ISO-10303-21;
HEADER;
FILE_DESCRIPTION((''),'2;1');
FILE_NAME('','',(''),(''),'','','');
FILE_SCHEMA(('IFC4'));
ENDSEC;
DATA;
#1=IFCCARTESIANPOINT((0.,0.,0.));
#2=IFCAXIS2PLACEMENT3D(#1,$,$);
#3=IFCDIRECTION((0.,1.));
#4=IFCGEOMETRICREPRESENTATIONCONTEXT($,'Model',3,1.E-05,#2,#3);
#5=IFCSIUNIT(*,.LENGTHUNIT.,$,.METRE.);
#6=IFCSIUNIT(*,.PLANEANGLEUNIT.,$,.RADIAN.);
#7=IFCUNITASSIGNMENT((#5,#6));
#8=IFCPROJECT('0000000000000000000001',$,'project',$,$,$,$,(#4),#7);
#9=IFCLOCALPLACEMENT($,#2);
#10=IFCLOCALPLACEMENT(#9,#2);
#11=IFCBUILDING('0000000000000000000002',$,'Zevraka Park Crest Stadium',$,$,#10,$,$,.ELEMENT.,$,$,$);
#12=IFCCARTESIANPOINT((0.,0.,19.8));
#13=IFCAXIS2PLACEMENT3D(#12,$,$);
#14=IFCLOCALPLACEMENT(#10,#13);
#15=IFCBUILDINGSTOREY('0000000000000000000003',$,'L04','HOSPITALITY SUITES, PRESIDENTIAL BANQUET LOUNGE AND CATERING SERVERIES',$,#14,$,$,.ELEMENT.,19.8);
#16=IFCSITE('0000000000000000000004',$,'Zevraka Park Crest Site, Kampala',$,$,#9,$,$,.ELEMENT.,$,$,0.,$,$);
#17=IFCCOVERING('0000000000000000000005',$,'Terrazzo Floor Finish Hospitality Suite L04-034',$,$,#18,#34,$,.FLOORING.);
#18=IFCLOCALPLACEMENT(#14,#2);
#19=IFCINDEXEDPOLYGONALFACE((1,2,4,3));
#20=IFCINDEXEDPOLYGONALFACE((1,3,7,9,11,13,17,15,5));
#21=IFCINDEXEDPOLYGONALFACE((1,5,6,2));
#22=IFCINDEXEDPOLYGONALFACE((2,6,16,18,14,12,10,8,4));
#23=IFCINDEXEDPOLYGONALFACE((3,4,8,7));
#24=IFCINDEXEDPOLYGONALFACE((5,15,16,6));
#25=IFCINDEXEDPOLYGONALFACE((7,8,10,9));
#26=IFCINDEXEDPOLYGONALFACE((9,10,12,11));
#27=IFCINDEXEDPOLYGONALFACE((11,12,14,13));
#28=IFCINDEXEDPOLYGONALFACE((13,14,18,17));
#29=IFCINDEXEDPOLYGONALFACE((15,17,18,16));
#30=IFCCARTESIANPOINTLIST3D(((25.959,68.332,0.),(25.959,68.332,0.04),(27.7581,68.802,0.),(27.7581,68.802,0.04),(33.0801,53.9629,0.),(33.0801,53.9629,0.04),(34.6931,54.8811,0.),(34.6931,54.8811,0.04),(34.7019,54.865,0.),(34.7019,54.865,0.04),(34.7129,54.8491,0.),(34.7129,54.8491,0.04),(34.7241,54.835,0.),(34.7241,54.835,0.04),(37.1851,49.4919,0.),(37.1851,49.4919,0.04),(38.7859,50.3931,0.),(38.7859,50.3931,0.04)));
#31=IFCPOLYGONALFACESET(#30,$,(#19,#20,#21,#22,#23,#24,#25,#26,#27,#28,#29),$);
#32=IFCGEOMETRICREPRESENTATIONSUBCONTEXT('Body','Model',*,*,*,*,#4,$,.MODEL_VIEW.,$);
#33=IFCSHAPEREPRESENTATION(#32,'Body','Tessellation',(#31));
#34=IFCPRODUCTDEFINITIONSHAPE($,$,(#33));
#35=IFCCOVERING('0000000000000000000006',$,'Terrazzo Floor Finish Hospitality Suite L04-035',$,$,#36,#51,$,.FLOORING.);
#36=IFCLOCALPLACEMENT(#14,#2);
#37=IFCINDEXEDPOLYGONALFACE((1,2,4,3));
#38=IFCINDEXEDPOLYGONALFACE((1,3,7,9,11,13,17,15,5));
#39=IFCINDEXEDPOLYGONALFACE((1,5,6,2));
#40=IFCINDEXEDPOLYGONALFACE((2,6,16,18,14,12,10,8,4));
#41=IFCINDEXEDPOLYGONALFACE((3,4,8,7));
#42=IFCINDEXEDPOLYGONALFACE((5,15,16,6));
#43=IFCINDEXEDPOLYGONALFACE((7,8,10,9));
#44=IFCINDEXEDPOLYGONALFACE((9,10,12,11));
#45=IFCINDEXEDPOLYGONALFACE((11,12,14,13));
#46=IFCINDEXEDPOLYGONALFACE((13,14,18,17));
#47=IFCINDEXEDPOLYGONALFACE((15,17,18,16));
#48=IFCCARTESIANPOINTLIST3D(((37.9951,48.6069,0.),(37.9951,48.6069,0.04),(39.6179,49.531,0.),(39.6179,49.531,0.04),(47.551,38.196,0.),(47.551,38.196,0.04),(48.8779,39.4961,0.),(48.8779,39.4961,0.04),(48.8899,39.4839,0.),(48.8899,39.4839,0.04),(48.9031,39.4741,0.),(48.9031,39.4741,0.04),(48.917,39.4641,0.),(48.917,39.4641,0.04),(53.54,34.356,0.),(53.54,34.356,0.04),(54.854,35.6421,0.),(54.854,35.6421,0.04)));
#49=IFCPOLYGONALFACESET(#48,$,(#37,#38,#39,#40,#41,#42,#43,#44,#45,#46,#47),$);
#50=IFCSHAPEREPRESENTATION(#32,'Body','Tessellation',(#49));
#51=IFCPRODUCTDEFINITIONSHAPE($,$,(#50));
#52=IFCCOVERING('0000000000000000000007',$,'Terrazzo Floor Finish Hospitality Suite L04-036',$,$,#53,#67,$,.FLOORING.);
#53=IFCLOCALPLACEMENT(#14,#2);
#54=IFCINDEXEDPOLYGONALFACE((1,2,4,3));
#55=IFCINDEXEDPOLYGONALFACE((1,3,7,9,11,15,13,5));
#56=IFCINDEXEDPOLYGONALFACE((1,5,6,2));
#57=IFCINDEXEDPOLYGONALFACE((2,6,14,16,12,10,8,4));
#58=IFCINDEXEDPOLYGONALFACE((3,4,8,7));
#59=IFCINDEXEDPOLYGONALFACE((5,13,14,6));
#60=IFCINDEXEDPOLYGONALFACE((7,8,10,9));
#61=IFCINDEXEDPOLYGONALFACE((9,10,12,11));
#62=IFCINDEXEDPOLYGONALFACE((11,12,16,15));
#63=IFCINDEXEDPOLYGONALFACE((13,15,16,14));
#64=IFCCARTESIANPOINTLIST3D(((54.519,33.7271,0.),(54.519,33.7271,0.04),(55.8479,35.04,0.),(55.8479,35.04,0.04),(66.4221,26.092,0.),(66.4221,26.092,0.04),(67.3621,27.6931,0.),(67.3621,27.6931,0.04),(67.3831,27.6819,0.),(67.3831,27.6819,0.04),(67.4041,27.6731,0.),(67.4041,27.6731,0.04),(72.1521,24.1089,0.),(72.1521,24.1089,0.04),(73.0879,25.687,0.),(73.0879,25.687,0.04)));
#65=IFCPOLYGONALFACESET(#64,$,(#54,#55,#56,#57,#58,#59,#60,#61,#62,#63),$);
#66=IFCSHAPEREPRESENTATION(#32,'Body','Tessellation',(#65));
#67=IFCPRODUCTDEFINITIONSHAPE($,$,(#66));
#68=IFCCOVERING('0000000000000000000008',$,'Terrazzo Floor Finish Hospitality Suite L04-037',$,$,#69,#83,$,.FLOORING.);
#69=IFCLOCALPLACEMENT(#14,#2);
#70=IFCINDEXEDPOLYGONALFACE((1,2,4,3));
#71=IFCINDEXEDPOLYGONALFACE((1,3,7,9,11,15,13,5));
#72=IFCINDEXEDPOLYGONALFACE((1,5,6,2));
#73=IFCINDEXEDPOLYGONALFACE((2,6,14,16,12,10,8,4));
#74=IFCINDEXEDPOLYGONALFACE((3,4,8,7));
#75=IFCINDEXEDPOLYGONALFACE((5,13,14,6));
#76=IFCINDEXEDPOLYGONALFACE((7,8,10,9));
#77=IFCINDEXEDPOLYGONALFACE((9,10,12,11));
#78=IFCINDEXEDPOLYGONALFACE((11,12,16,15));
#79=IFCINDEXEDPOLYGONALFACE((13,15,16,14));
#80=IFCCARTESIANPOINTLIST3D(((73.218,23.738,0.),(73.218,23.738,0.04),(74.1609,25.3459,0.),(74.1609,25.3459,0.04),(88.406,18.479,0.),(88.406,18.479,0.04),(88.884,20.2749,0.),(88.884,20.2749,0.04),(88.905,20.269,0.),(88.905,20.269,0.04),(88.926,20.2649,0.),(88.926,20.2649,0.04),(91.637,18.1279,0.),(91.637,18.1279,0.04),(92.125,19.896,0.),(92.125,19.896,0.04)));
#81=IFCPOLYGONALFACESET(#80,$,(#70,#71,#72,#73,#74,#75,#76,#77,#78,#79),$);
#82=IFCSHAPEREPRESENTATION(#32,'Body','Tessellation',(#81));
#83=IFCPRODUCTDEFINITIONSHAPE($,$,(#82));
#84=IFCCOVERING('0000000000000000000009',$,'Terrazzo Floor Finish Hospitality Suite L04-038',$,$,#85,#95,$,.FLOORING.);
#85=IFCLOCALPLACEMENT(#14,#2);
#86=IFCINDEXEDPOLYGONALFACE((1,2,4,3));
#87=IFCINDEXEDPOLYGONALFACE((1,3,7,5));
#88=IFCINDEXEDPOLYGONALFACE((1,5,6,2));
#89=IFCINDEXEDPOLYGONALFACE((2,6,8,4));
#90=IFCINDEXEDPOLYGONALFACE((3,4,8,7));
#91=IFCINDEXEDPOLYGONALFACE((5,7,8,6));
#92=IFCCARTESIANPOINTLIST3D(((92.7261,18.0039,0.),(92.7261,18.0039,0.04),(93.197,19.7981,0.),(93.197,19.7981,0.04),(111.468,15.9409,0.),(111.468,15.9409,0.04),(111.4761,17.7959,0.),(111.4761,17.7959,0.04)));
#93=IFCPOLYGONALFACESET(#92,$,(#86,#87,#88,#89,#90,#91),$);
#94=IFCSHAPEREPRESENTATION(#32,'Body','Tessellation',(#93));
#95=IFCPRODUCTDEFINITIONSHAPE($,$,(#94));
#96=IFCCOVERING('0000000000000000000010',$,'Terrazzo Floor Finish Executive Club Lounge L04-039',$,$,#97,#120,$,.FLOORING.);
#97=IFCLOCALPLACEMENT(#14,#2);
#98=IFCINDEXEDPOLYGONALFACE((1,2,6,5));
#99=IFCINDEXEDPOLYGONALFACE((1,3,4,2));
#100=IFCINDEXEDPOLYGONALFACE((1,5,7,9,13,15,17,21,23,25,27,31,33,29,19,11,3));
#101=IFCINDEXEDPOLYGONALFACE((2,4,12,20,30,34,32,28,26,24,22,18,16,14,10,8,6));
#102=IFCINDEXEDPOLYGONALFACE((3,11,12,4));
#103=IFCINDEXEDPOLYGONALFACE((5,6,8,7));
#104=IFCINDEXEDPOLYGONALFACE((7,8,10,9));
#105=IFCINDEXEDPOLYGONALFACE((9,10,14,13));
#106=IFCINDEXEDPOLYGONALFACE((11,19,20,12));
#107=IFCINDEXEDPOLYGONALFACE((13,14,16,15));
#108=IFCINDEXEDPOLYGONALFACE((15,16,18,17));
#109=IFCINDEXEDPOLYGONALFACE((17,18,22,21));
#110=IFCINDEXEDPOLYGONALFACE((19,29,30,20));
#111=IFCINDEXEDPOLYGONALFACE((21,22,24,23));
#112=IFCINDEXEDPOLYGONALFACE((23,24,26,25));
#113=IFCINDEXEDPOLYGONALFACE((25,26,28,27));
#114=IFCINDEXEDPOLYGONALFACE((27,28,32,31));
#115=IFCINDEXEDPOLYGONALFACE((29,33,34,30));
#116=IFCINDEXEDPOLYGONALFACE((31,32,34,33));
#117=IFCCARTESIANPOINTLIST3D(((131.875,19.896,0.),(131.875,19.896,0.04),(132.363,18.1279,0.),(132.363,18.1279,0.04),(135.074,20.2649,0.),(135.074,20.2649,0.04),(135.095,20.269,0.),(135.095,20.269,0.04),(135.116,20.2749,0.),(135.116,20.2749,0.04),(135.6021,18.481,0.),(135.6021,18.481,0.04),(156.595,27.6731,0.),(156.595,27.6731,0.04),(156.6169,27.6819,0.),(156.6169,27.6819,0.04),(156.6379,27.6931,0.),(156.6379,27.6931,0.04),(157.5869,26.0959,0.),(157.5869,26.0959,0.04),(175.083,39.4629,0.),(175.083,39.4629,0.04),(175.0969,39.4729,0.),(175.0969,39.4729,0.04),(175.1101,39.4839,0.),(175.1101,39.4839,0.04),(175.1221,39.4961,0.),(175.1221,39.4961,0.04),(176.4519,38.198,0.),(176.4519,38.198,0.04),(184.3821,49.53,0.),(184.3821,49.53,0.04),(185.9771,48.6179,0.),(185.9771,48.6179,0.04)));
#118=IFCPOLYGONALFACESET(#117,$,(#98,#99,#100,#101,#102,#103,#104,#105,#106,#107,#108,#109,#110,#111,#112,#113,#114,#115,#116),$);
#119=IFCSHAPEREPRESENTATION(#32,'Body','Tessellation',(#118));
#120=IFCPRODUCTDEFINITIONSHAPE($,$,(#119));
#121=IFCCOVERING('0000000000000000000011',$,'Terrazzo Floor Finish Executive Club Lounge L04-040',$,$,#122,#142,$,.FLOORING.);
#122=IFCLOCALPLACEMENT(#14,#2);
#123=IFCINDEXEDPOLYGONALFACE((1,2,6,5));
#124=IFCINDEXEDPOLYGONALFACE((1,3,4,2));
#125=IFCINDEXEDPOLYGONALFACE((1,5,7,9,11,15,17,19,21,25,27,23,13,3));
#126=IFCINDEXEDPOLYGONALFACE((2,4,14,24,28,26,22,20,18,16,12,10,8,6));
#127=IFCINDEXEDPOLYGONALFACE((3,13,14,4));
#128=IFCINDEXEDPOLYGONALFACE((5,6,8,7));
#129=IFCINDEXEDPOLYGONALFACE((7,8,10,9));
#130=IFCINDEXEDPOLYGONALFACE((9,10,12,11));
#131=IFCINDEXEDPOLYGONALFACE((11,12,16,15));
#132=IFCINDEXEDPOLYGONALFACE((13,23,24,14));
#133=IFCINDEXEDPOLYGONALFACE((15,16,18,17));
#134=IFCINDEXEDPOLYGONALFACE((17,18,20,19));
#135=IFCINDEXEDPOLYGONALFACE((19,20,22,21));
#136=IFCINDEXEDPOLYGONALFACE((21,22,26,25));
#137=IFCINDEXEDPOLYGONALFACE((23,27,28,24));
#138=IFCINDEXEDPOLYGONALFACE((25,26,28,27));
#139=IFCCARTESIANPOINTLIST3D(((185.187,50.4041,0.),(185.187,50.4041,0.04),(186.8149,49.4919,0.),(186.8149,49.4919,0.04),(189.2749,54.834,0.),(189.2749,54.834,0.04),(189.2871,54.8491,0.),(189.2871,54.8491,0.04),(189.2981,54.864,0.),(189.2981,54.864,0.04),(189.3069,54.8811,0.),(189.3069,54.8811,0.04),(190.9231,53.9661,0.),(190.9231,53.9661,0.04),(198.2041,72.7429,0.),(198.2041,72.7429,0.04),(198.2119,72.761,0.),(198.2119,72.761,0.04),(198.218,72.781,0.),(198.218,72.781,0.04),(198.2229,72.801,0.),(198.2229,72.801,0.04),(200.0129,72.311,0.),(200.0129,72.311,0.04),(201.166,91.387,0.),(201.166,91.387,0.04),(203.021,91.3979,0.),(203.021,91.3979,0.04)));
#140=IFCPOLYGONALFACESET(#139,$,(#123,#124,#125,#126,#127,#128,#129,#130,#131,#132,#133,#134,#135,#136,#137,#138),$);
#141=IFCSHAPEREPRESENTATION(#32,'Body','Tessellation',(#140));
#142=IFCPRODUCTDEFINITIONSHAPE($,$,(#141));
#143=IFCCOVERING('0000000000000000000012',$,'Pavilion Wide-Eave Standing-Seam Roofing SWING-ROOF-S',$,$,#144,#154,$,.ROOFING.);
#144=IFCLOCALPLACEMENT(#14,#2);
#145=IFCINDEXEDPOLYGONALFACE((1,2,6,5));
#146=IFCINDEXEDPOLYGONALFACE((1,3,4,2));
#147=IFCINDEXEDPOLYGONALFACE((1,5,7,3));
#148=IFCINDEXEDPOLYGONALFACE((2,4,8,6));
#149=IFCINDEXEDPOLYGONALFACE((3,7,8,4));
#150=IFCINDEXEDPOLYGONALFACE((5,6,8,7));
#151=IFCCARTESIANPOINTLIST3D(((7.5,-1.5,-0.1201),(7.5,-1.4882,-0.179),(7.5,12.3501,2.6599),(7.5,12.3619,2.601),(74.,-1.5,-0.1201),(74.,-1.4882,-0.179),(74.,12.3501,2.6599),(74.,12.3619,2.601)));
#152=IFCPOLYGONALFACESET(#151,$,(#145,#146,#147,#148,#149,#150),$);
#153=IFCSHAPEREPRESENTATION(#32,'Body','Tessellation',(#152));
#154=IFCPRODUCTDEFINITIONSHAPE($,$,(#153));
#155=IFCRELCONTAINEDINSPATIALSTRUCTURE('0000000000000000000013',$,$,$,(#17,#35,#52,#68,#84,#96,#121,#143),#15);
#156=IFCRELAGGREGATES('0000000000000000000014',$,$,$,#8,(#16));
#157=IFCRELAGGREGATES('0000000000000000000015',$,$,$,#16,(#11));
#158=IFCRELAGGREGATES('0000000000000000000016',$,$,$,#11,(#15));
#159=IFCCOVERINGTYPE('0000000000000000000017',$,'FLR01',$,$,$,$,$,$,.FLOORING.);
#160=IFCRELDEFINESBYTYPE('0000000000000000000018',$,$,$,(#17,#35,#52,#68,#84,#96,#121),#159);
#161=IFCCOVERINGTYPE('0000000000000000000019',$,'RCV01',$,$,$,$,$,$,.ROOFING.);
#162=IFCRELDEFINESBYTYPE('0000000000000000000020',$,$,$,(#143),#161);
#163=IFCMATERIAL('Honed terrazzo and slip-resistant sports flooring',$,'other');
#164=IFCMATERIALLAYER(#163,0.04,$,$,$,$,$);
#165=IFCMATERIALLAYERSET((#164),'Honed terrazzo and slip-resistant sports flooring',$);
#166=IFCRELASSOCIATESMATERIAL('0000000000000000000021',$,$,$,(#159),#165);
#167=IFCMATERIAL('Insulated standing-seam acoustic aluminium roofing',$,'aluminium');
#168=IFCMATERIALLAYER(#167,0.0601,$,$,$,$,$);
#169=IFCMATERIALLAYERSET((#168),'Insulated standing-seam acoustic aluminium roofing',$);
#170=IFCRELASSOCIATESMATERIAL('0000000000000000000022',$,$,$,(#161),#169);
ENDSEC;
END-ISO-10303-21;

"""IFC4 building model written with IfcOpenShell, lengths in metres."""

from ifc_helpers import new_model, si_unit, direction, frame, origin, place, context, subcontext, project, spatial, polyline, outline, extrude, material, layer, layer_set, type_object, element, save


model = new_model("IFC4")

# Units and contexts
model_context = context("Model", 3, precision=1e-05, world=origin(), true_north=direction((0.0, 1.0)))
body_context = subcontext(model_context, "Body", "Model", "MODEL_VIEW")
ifc_project = project(units=[si_unit("LENGTHUNIT", "METRE"), si_unit("PLANEANGLEUNIT", "RADIAN")], contexts=[model_context])

# Site, building, storey
site_placement = place(None, origin())
site = spatial("IfcSite", under=ifc_project, at=site_placement, Name="Zevraka Park Crest Site, Kampala", CompositionType="ELEMENT", RefElevation=0.0)
building_placement = place(site_placement, origin())
building = spatial("IfcBuilding", under=site, at=building_placement, Name="Zevraka Park Crest Stadium", CompositionType="ELEMENT")
storey_placement = place(building_placement, frame((0.0, 0.0, 19.8)))
storey = spatial("IfcBuildingStorey", under=building, at=storey_placement, Name="L04", Description="HOSPITALITY SUITES, PRESIDENTIAL BANQUET LOUNGE AND CATERING SERVERIES", CompositionType="ELEMENT", Elevation=19.8)

# Coverings
ifc_material_1 = material(Name="Honed terrazzo and slip-resistant sports flooring", Category="other")
ifc_layer_1 = layer(ifc_material_1, 0.04)
ifc_layer_set_1 = layer_set([ifc_layer_1], Name="Honed terrazzo and slip-resistant sports flooring")
covering_type_1 = type_object("IfcCoveringType", Name="FLR01", PredefinedType="FLOORING", material=ifc_layer_set_1)
covering_1_placement = place(storey_placement, origin())
element("IfcCovering", 1, at=covering_1_placement, inside=storey, type_object=covering_type_1, Name="Terrazzo Floor Finish Hospitality Suite L04-034", PredefinedType="FLOORING", context=body_context, shape_type="SweptSolid", body=[
    extrude(outline(polyline([(25.959, 68.332), (27.7581, 68.802), (34.6931, 54.8811), (34.7019, 54.865), (34.7129, 54.8491), (34.7241, 54.835), (38.7859, 50.3931), (37.1851, 49.4919), (33.0801, 53.9629), (25.959, 68.332)])), origin(), (0.0, 0.0, 1.0), 0.04),
])
covering_2_placement = place(storey_placement, origin())
element("IfcCovering", 2, at=covering_2_placement, inside=storey, type_object=covering_type_1, Name="Terrazzo Floor Finish Hospitality Suite L04-035", PredefinedType="FLOORING", context=body_context, shape_type="SweptSolid", body=[
    extrude(outline(polyline([(37.9951, 48.6069), (39.6179, 49.531), (48.8779, 39.4961), (48.8899, 39.4839), (48.9031, 39.4741), (48.917, 39.4641), (54.854, 35.6421), (53.54, 34.356), (47.551, 38.196), (37.9951, 48.6069)])), origin(), (0.0, 0.0, 1.0), 0.04),
])
covering_3_placement = place(storey_placement, origin())
element("IfcCovering", 3, at=covering_3_placement, inside=storey, type_object=covering_type_1, Name="Terrazzo Floor Finish Hospitality Suite L04-036", PredefinedType="FLOORING", context=body_context, shape_type="SweptSolid", body=[
    extrude(outline(polyline([(54.519, 33.7271), (55.8479, 35.04), (67.3621, 27.6931), (67.3831, 27.6819), (67.4041, 27.6731), (73.0879, 25.687), (72.1521, 24.1089), (66.4221, 26.092), (54.519, 33.7271)])), origin(), (0.0, 0.0, 1.0), 0.04),
])
covering_4_placement = place(storey_placement, origin())
element("IfcCovering", 4, at=covering_4_placement, inside=storey, type_object=covering_type_1, Name="Terrazzo Floor Finish Hospitality Suite L04-037", PredefinedType="FLOORING", context=body_context, shape_type="SweptSolid", body=[
    extrude(outline(polyline([(73.218, 23.738), (74.1609, 25.3459), (88.884, 20.2749), (88.905, 20.269), (88.926, 20.2649), (92.125, 19.896), (91.637, 18.1279), (88.406, 18.479), (73.218, 23.738)])), origin(), (0.0, 0.0, 1.0), 0.04),
])
covering_5_placement = place(storey_placement, origin())
element("IfcCovering", 5, at=covering_5_placement, inside=storey, type_object=covering_type_1, Name="Terrazzo Floor Finish Hospitality Suite L04-038", PredefinedType="FLOORING", context=body_context, shape_type="SweptSolid", body=[
    extrude(outline(polyline([(92.7261, 18.0039), (93.197, 19.7981), (111.4761, 17.7959), (111.468, 15.9409), (92.7261, 18.0039)])), origin(), (0.0, 0.0, 1.0), 0.04),
])
covering_6_placement = place(storey_placement, origin())
element("IfcCovering", 6, at=covering_6_placement, inside=storey, type_object=covering_type_1, Name="Terrazzo Floor Finish Executive Club Lounge L04-039", PredefinedType="FLOORING", context=body_context, shape_type="SweptSolid", body=[
    extrude(outline(polyline([(135.6021, 18.481), (132.363, 18.1279), (131.875, 19.896), (135.074, 20.2649), (135.095, 20.269), (135.116, 20.2749), (156.595, 27.6731), (156.6169, 27.6819), (156.6379, 27.6931), (175.083, 39.4629), (175.0969, 39.4729), (175.1101, 39.4839), (175.1221, 39.4961), (184.3821, 49.53), (185.9771, 48.6179), (176.4519, 38.198), (157.5869, 26.0959), (135.6021, 18.481)])), origin(), (0.0, 0.0, 1.0), 0.04),
])
covering_7_placement = place(storey_placement, origin())
element("IfcCovering", 7, at=covering_7_placement, inside=storey, type_object=covering_type_1, Name="Terrazzo Floor Finish Executive Club Lounge L04-040", PredefinedType="FLOORING", context=body_context, shape_type="SweptSolid", body=[
    extrude(outline(polyline([(185.187, 50.4041), (189.2749, 54.834), (189.2871, 54.8491), (189.2981, 54.864), (189.3069, 54.8811), (198.2041, 72.7429), (198.2119, 72.761), (198.218, 72.781), (198.2229, 72.801), (201.166, 91.387), (203.021, 91.3979), (200.0129, 72.311), (190.9231, 53.9661), (186.8149, 49.4919), (185.187, 50.4041)])), origin(), (0.0, 0.0, 1.0), 0.04),
])
ifc_material_2 = material(Name="Insulated standing-seam acoustic aluminium roofing", Category="aluminium")
ifc_layer_2 = layer(ifc_material_2, 0.0601)
ifc_layer_set_2 = layer_set([ifc_layer_2], Name="Insulated standing-seam acoustic aluminium roofing")
covering_type_2 = type_object("IfcCoveringType", Name="RCV01", PredefinedType="ROOFING", material=ifc_layer_set_2)
covering_8_placement = place(storey_placement, frame((7.5, -1.5, -0.1201), z_axis=(0.0, -0.196797, 0.980444), x_axis=(1.0, 0.0, 0.0)))
element("IfcCovering", 8, at=covering_8_placement, inside=storey, type_object=covering_type_2, Name="Pavilion Wide-Eave Standing-Seam Roofing SWING-ROOF-S", PredefinedType="ROOFING", context=body_context, shape_type="SweptSolid", body=[
    extrude(outline(polyline([(0.0, 0.0), (66.5, 0.0), (66.5, 14.1264), (0.0, 14.1264), (0.0, 0.0)])), origin(), (0.0, 0.0, -1.0), 0.0601),
])

save(model, "model.ifc")
